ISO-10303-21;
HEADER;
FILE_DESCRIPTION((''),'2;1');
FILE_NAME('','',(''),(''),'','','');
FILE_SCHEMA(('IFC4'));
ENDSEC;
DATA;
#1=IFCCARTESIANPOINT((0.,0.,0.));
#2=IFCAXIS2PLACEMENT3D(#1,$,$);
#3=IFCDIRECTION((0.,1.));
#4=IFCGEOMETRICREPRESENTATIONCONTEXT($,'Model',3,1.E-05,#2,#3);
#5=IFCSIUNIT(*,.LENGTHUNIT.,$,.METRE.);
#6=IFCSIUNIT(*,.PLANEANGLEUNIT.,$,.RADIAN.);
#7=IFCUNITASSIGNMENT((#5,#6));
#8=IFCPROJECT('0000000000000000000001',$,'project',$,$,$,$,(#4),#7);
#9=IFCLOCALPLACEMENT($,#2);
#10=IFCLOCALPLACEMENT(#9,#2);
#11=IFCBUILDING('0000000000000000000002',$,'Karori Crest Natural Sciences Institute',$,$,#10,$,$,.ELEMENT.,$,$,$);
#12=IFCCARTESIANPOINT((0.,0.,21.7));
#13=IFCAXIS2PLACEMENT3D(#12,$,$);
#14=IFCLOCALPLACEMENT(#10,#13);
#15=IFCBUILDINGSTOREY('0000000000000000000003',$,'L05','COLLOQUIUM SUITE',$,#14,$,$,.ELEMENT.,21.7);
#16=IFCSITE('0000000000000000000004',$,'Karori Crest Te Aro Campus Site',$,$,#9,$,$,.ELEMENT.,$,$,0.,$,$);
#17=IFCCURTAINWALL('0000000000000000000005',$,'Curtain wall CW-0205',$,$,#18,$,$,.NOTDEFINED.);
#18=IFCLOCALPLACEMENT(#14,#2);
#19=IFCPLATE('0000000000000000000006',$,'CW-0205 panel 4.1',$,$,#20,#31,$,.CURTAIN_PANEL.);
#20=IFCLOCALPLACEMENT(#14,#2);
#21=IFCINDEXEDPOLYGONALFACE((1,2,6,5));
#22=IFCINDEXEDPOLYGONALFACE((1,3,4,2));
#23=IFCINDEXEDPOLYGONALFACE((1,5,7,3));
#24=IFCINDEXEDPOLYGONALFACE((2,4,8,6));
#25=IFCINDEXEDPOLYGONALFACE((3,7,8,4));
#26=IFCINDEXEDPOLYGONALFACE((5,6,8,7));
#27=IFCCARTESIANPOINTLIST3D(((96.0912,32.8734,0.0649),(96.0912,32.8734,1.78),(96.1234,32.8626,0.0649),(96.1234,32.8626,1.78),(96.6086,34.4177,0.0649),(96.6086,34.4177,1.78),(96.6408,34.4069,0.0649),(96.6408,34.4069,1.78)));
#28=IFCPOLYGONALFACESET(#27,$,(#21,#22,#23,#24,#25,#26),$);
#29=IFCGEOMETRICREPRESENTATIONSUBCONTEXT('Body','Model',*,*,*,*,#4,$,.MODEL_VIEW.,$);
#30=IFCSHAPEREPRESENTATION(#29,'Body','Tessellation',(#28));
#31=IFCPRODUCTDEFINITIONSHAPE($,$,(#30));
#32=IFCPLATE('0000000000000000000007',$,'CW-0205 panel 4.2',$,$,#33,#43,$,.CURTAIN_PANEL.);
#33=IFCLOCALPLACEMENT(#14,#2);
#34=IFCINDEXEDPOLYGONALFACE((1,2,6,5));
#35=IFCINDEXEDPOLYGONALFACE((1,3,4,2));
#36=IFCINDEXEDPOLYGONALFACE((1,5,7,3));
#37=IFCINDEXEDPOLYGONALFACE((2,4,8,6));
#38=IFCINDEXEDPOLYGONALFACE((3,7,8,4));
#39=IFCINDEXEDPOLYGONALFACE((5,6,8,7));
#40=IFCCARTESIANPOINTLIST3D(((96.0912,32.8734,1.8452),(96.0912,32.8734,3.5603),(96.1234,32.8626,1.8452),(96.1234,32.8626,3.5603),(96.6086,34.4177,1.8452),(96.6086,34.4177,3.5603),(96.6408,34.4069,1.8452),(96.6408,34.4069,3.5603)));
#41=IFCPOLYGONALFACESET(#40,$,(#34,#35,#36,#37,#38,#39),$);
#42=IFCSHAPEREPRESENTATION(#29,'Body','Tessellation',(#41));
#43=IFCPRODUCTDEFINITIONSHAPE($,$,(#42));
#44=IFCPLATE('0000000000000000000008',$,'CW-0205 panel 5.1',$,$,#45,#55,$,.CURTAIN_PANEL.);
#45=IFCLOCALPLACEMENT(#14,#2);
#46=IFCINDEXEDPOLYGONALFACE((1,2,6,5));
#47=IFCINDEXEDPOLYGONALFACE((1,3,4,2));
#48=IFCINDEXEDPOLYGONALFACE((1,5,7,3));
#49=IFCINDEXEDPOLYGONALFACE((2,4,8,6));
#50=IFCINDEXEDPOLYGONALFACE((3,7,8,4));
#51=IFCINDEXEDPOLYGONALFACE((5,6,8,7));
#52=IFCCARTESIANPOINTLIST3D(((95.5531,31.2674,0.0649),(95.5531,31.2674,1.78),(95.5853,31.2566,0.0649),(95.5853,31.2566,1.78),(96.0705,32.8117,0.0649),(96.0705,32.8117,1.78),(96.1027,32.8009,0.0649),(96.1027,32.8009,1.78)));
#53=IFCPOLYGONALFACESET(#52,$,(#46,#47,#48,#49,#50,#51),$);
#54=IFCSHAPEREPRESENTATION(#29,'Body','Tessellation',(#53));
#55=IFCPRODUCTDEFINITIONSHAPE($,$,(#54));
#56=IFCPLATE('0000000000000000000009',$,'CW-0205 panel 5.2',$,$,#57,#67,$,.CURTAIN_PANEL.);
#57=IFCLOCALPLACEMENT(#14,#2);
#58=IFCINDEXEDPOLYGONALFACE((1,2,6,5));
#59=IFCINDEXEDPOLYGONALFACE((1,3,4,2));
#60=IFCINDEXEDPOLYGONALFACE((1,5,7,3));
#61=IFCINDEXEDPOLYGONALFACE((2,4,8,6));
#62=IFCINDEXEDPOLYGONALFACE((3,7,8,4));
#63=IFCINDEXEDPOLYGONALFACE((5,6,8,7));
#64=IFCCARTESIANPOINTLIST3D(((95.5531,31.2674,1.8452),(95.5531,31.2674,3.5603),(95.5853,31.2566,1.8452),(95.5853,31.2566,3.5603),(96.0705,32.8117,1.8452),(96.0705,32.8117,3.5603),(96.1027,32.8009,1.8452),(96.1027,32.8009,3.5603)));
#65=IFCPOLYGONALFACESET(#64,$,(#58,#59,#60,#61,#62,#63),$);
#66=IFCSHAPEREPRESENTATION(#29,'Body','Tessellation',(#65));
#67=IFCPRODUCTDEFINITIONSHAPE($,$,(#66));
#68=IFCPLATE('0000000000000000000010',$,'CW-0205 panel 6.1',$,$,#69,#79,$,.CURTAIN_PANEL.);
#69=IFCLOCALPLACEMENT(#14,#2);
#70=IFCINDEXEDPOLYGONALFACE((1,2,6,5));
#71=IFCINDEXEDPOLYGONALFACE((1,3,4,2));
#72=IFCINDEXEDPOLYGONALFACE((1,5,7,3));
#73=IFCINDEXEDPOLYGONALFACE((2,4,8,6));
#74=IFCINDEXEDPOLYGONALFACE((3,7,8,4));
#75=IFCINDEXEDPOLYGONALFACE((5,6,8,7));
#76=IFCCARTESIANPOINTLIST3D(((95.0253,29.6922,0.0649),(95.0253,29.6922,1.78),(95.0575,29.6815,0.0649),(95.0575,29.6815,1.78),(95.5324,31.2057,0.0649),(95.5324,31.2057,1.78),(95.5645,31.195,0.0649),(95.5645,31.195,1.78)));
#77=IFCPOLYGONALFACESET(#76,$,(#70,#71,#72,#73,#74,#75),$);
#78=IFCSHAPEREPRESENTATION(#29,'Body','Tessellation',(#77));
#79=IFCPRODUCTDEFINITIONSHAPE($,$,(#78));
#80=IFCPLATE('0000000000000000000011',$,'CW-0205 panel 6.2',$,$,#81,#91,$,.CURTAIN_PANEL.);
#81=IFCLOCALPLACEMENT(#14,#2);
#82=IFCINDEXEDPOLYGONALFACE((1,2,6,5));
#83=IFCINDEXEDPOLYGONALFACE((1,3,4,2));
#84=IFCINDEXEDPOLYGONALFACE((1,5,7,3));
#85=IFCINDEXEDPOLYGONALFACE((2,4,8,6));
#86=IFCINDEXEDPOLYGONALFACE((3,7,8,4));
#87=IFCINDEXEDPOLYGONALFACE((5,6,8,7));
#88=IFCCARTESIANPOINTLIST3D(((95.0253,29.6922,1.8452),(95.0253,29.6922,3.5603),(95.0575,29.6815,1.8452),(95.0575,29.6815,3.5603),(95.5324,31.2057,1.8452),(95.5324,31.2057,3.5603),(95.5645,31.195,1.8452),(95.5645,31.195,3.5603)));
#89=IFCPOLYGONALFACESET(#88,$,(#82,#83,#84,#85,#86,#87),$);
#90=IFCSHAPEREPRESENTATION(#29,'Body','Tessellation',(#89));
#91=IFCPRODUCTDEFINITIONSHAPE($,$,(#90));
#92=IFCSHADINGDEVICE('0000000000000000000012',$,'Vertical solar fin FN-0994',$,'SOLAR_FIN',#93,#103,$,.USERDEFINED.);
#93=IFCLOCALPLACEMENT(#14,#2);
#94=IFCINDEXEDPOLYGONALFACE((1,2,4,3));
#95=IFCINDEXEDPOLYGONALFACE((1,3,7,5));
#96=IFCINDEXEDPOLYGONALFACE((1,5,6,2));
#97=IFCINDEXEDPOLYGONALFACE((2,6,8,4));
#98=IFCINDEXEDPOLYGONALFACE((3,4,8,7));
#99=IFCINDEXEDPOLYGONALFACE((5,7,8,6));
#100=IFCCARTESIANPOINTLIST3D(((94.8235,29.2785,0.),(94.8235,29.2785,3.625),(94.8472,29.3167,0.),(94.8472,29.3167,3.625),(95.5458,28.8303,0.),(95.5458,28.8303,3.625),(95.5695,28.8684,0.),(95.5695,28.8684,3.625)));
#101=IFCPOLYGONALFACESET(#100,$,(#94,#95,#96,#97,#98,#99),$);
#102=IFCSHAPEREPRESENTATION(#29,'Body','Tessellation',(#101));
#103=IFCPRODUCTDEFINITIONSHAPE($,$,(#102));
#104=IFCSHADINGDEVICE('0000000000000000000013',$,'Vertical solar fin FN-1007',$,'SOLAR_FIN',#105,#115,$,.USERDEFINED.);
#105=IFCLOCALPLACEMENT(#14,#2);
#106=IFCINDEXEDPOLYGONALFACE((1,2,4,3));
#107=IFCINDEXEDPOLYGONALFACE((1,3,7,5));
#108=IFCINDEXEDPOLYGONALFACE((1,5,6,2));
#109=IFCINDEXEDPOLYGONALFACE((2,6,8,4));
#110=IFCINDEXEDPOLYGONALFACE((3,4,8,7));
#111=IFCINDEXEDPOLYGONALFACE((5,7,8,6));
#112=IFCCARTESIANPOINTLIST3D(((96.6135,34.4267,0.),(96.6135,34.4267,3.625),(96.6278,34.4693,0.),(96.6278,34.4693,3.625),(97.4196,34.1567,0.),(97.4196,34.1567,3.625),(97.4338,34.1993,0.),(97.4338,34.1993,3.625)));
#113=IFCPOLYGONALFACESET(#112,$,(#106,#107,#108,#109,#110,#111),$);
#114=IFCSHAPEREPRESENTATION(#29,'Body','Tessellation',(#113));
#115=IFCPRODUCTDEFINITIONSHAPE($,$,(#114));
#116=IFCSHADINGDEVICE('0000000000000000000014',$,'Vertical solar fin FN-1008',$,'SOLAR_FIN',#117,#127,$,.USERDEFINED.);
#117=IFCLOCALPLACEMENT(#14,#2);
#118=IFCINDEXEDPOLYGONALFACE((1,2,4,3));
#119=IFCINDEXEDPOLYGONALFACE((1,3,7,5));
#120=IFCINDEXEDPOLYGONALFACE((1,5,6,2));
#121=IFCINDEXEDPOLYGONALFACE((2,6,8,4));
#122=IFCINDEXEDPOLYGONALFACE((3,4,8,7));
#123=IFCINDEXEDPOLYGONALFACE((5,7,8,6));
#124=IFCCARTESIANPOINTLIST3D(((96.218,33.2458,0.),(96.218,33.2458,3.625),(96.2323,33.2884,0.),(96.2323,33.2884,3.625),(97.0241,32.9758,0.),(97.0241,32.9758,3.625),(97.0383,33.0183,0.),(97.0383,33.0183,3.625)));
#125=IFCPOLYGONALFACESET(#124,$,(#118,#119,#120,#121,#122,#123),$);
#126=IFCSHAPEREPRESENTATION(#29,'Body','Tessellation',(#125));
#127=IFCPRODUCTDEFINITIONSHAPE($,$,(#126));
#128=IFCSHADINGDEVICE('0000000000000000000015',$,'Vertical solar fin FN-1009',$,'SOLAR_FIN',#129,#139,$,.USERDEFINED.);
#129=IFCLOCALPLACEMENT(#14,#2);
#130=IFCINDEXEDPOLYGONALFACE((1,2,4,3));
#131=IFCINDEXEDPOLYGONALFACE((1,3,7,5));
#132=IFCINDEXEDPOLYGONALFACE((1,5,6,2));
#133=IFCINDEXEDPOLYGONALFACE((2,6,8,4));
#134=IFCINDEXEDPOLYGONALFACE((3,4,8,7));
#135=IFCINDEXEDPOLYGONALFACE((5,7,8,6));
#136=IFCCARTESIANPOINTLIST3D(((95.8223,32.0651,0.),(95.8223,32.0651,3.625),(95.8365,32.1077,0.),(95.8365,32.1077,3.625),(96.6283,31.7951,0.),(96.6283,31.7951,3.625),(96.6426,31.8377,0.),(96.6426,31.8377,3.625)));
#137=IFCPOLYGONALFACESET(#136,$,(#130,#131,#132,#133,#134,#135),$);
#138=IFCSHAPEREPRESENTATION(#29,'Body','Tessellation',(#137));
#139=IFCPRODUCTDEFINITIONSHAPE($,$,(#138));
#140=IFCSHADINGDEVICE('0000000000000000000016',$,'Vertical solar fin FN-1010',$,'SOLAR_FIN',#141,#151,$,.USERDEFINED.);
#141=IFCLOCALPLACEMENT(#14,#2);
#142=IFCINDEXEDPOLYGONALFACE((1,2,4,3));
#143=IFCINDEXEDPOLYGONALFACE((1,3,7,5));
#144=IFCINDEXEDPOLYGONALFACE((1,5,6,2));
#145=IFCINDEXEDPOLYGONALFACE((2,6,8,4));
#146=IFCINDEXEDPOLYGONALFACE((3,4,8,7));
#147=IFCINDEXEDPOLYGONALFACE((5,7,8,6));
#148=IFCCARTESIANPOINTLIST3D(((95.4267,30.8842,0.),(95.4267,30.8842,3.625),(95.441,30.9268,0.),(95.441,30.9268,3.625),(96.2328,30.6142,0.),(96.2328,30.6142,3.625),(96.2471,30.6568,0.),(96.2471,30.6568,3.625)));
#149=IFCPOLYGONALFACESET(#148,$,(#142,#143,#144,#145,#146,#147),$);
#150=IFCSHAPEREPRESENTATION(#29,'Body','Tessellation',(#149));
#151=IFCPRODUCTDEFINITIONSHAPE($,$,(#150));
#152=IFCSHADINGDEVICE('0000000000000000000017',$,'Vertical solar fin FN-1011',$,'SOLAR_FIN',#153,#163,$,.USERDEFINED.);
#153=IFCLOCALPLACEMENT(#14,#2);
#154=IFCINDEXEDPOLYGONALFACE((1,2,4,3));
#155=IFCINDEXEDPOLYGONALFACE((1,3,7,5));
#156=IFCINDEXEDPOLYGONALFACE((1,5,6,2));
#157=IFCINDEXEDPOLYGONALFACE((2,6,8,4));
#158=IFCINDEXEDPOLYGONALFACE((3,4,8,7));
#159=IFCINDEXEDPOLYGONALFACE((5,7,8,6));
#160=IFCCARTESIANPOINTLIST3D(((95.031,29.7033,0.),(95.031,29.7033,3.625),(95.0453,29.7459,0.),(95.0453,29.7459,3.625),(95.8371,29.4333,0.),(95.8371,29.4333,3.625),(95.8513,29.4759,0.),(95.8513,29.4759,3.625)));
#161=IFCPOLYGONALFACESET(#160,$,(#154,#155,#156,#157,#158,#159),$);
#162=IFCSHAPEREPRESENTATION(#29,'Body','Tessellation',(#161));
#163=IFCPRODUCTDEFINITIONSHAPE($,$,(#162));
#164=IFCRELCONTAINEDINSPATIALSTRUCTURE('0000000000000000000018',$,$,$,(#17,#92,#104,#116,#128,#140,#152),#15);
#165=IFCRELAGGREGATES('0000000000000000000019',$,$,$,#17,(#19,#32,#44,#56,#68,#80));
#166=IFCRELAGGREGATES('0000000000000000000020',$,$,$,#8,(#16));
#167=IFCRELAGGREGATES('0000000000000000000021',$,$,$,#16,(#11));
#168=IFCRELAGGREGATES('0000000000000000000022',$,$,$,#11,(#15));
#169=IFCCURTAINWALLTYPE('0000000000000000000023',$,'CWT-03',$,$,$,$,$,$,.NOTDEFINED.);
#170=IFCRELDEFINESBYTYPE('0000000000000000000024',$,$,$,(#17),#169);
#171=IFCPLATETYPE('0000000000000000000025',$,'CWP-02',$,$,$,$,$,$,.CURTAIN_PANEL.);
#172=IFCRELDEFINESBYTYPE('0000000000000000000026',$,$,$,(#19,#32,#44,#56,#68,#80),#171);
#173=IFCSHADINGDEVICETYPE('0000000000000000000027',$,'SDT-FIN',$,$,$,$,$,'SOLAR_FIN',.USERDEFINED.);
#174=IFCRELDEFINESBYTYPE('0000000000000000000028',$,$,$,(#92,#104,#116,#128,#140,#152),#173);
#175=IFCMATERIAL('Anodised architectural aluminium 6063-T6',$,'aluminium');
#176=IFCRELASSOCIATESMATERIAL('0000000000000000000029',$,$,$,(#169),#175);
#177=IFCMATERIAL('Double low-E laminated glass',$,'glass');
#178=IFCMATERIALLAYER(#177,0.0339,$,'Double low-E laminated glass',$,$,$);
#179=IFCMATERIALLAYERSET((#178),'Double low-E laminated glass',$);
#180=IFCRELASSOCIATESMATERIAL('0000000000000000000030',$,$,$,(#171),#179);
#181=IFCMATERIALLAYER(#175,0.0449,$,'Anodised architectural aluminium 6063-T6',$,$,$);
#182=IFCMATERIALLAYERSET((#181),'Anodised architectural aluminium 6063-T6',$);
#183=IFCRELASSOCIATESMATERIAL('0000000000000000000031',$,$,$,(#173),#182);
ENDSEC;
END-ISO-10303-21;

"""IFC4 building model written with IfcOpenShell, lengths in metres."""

from ifc_helpers import new_model, si_unit, direction, frame, origin, origin_2d, place, context, subcontext, project, spatial, rectangle, extrude, material, layer, layer_set, type_object, element, aggregate, save


model = new_model("IFC4")

# Units and contexts
model_context = context("Model", 3, precision=1e-05, world=origin(), true_north=direction((0.0, 1.0)))
body_context = subcontext(model_context, "Body", "Model", "MODEL_VIEW")
ifc_project = project(units=[si_unit("LENGTHUNIT", "METRE"), si_unit("PLANEANGLEUNIT", "RADIAN")], contexts=[model_context])

# Site, building, storey
site_placement = place(None, origin())
site = spatial("IfcSite", under=ifc_project, at=site_placement, Name="Karori Crest Te Aro Campus Site", CompositionType="ELEMENT", RefElevation=0.0)
building_placement = place(site_placement, origin())
building = spatial("IfcBuilding", under=site, at=building_placement, Name="Karori Crest Natural Sciences Institute", CompositionType="ELEMENT")
storey_placement = place(building_placement, frame((0.0, 0.0, 21.7)))
storey = spatial("IfcBuildingStorey", under=building, at=storey_placement, Name="L05", Description="COLLOQUIUM SUITE", CompositionType="ELEMENT", Elevation=21.7)

# Shared definitions
ifc_material_1 = material(Name="Anodised architectural aluminium 6063-T6", Category="aluminium")

# Curtain wall
curtain_wall_type_1 = type_object("IfcCurtainWallType", Name="CWT-03", PredefinedType="NOTDEFINED", material=ifc_material_1)
curtain_wall_1_placement = place(storey_placement, origin())
curtain_wall_1 = element("IfcCurtainWall", 1, at=curtain_wall_1_placement, inside=storey, type_object=curtain_wall_type_1, Name="Curtain wall CW-0205", PredefinedType="NOTDEFINED")

# Plates
ifc_material_2 = material(Name="Double low-E laminated glass", Category="glass")
ifc_layer_1 = layer(ifc_material_2, 0.0339, Name="Double low-E laminated glass")
ifc_layer_set_1 = layer_set([ifc_layer_1], Name="Double low-E laminated glass")
plate_type = type_object("IfcPlateType", Name="CWP-02", PredefinedType="CURTAIN_PANEL", material=ifc_layer_set_1)
plate_1_placement = place(storey_placement, frame((96.366, 33.6401, 0.0649), z_axis=(0.0, 0.0, 1.0), x_axis=(-0.31768, -0.948198, 0.0)))
plate_1 = element("IfcPlate", 2, at=plate_1_placement, type_object=plate_type, Name="CW-0205 panel 4.1", PredefinedType="CURTAIN_PANEL", context=body_context, shape_type="SweptSolid", body=[
    extrude(rectangle(XDim=1.6287, YDim=0.0339, at=origin_2d()), origin(), (0.0, 0.0, 1.0), 1.7151),
])
plate_2_placement = place(storey_placement, frame((96.366, 33.6401, 1.8452), z_axis=(0.0, 0.0, 1.0), x_axis=(-0.31768, -0.948198, 0.0)))
plate_2 = element("IfcPlate", 3, at=plate_2_placement, type_object=plate_type, Name="CW-0205 panel 4.2", PredefinedType="CURTAIN_PANEL", context=body_context, shape_type="SweptSolid", body=[
    extrude(rectangle(XDim=1.6287, YDim=0.0339, at=origin_2d()), origin(), (0.0, 0.0, 1.0), 1.7151),
])
plate_3_placement = place(storey_placement, frame((95.8279, 32.0342, 0.0649), z_axis=(0.0, 0.0, 1.0), x_axis=(-0.31768, -0.948198, 0.0)))
plate_3 = element("IfcPlate", 4, at=plate_3_placement, type_object=plate_type, Name="CW-0205 panel 5.1", PredefinedType="CURTAIN_PANEL", context=body_context, shape_type="SweptSolid", body=[
    extrude(rectangle(XDim=1.6287, YDim=0.0339, at=origin_2d()), origin(), (0.0, 0.0, 1.0), 1.7151),
])
plate_4_placement = place(storey_placement, frame((95.8279, 32.0342, 1.8452), z_axis=(0.0, 0.0, 1.0), x_axis=(-0.31768, -0.948198, 0.0)))
plate_4 = element("IfcPlate", 5, at=plate_4_placement, type_object=plate_type, Name="CW-0205 panel 5.2", PredefinedType="CURTAIN_PANEL", context=body_context, shape_type="SweptSolid", body=[
    extrude(rectangle(XDim=1.6287, YDim=0.0339, at=origin_2d()), origin(), (0.0, 0.0, 1.0), 1.7151),
])
plate_5_placement = place(storey_placement, frame((95.2949, 30.4436, 0.0649), z_axis=(0.0, 0.0, 1.0), x_axis=(-0.31768, -0.948198, 0.0)))
plate_5 = element("IfcPlate", 6, at=plate_5_placement, type_object=plate_type, Name="CW-0205 panel 6.1", PredefinedType="CURTAIN_PANEL", context=body_context, shape_type="SweptSolid", body=[
    extrude(rectangle(XDim=1.5962, YDim=0.0339, at=origin_2d()), origin(), (0.0, 0.0, 1.0), 1.7151),
])
plate_6_placement = place(storey_placement, frame((95.2949, 30.4436, 1.8452), z_axis=(0.0, 0.0, 1.0), x_axis=(-0.31768, -0.948198, 0.0)))
plate_6 = element("IfcPlate", 7, at=plate_6_placement, type_object=plate_type, Name="CW-0205 panel 6.2", PredefinedType="CURTAIN_PANEL", context=body_context, shape_type="SweptSolid", body=[
    extrude(rectangle(XDim=1.5962, YDim=0.0339, at=origin_2d()), origin(), (0.0, 0.0, 1.0), 1.7151),
])
aggregate(curtain_wall_1, [plate_1, plate_2, plate_3, plate_4, plate_5, plate_6])

# Shading devices
ifc_layer_2 = layer(ifc_material_1, 0.0449, Name="Anodised architectural aluminium 6063-T6")
ifc_layer_set_2 = layer_set([ifc_layer_2], Name="Anodised architectural aluminium 6063-T6")
shading_device_type = type_object("IfcShadingDeviceType", Name="SDT-FIN", ElementType="SOLAR_FIN", PredefinedType="USERDEFINED", material=ifc_layer_set_2)
for number, where, z_axis, x_axis, name in (
    (8, (95.1965, 29.0735, 0.0), (0.0, 0.0, 1.0), (0.849665, -0.527324, 0.0), "Vertical solar fin FN-0994"),
    (9, (97.0237, 34.313, 0.0), (0.0, 0.0, 1.0), (0.948198, -0.31768, 0.0), "Vertical solar fin FN-1007"),
    (10, (96.6282, 33.1321, 0.0), (0.0, 0.0, 1.0), (0.948198, -0.31768, 0.0), "Vertical solar fin FN-1008"),
    (11, (96.2324, 31.9514, 0.0), (0.0, 0.0, 1.0), (0.948198, -0.31768, 0.0), "Vertical solar fin FN-1009"),
    (12, (95.8369, 30.7705, 0.0), (0.0, 0.0, 1.0), (0.948198, -0.31768, 0.0), "Vertical solar fin FN-1010"),
    (13, (95.4412, 29.5896, 0.0), (0.0, 0.0, 1.0), (0.948198, -0.31768, 0.0), "Vertical solar fin FN-1011"),
):
    element("IfcShadingDevice", number, at=place(storey_placement, frame(where, z_axis=z_axis, x_axis=x_axis)), inside=storey, type_object=shading_device_type, Name=name, ObjectType="SOLAR_FIN", PredefinedType="USERDEFINED", context=body_context, shape_type="SweptSolid", body=[
        extrude(rectangle(XDim=0.8501, YDim=0.0449, at=origin_2d()), origin(), (0.0, 0.0, 1.0), 3.625),
    ])

save(model, "model.ifc")
